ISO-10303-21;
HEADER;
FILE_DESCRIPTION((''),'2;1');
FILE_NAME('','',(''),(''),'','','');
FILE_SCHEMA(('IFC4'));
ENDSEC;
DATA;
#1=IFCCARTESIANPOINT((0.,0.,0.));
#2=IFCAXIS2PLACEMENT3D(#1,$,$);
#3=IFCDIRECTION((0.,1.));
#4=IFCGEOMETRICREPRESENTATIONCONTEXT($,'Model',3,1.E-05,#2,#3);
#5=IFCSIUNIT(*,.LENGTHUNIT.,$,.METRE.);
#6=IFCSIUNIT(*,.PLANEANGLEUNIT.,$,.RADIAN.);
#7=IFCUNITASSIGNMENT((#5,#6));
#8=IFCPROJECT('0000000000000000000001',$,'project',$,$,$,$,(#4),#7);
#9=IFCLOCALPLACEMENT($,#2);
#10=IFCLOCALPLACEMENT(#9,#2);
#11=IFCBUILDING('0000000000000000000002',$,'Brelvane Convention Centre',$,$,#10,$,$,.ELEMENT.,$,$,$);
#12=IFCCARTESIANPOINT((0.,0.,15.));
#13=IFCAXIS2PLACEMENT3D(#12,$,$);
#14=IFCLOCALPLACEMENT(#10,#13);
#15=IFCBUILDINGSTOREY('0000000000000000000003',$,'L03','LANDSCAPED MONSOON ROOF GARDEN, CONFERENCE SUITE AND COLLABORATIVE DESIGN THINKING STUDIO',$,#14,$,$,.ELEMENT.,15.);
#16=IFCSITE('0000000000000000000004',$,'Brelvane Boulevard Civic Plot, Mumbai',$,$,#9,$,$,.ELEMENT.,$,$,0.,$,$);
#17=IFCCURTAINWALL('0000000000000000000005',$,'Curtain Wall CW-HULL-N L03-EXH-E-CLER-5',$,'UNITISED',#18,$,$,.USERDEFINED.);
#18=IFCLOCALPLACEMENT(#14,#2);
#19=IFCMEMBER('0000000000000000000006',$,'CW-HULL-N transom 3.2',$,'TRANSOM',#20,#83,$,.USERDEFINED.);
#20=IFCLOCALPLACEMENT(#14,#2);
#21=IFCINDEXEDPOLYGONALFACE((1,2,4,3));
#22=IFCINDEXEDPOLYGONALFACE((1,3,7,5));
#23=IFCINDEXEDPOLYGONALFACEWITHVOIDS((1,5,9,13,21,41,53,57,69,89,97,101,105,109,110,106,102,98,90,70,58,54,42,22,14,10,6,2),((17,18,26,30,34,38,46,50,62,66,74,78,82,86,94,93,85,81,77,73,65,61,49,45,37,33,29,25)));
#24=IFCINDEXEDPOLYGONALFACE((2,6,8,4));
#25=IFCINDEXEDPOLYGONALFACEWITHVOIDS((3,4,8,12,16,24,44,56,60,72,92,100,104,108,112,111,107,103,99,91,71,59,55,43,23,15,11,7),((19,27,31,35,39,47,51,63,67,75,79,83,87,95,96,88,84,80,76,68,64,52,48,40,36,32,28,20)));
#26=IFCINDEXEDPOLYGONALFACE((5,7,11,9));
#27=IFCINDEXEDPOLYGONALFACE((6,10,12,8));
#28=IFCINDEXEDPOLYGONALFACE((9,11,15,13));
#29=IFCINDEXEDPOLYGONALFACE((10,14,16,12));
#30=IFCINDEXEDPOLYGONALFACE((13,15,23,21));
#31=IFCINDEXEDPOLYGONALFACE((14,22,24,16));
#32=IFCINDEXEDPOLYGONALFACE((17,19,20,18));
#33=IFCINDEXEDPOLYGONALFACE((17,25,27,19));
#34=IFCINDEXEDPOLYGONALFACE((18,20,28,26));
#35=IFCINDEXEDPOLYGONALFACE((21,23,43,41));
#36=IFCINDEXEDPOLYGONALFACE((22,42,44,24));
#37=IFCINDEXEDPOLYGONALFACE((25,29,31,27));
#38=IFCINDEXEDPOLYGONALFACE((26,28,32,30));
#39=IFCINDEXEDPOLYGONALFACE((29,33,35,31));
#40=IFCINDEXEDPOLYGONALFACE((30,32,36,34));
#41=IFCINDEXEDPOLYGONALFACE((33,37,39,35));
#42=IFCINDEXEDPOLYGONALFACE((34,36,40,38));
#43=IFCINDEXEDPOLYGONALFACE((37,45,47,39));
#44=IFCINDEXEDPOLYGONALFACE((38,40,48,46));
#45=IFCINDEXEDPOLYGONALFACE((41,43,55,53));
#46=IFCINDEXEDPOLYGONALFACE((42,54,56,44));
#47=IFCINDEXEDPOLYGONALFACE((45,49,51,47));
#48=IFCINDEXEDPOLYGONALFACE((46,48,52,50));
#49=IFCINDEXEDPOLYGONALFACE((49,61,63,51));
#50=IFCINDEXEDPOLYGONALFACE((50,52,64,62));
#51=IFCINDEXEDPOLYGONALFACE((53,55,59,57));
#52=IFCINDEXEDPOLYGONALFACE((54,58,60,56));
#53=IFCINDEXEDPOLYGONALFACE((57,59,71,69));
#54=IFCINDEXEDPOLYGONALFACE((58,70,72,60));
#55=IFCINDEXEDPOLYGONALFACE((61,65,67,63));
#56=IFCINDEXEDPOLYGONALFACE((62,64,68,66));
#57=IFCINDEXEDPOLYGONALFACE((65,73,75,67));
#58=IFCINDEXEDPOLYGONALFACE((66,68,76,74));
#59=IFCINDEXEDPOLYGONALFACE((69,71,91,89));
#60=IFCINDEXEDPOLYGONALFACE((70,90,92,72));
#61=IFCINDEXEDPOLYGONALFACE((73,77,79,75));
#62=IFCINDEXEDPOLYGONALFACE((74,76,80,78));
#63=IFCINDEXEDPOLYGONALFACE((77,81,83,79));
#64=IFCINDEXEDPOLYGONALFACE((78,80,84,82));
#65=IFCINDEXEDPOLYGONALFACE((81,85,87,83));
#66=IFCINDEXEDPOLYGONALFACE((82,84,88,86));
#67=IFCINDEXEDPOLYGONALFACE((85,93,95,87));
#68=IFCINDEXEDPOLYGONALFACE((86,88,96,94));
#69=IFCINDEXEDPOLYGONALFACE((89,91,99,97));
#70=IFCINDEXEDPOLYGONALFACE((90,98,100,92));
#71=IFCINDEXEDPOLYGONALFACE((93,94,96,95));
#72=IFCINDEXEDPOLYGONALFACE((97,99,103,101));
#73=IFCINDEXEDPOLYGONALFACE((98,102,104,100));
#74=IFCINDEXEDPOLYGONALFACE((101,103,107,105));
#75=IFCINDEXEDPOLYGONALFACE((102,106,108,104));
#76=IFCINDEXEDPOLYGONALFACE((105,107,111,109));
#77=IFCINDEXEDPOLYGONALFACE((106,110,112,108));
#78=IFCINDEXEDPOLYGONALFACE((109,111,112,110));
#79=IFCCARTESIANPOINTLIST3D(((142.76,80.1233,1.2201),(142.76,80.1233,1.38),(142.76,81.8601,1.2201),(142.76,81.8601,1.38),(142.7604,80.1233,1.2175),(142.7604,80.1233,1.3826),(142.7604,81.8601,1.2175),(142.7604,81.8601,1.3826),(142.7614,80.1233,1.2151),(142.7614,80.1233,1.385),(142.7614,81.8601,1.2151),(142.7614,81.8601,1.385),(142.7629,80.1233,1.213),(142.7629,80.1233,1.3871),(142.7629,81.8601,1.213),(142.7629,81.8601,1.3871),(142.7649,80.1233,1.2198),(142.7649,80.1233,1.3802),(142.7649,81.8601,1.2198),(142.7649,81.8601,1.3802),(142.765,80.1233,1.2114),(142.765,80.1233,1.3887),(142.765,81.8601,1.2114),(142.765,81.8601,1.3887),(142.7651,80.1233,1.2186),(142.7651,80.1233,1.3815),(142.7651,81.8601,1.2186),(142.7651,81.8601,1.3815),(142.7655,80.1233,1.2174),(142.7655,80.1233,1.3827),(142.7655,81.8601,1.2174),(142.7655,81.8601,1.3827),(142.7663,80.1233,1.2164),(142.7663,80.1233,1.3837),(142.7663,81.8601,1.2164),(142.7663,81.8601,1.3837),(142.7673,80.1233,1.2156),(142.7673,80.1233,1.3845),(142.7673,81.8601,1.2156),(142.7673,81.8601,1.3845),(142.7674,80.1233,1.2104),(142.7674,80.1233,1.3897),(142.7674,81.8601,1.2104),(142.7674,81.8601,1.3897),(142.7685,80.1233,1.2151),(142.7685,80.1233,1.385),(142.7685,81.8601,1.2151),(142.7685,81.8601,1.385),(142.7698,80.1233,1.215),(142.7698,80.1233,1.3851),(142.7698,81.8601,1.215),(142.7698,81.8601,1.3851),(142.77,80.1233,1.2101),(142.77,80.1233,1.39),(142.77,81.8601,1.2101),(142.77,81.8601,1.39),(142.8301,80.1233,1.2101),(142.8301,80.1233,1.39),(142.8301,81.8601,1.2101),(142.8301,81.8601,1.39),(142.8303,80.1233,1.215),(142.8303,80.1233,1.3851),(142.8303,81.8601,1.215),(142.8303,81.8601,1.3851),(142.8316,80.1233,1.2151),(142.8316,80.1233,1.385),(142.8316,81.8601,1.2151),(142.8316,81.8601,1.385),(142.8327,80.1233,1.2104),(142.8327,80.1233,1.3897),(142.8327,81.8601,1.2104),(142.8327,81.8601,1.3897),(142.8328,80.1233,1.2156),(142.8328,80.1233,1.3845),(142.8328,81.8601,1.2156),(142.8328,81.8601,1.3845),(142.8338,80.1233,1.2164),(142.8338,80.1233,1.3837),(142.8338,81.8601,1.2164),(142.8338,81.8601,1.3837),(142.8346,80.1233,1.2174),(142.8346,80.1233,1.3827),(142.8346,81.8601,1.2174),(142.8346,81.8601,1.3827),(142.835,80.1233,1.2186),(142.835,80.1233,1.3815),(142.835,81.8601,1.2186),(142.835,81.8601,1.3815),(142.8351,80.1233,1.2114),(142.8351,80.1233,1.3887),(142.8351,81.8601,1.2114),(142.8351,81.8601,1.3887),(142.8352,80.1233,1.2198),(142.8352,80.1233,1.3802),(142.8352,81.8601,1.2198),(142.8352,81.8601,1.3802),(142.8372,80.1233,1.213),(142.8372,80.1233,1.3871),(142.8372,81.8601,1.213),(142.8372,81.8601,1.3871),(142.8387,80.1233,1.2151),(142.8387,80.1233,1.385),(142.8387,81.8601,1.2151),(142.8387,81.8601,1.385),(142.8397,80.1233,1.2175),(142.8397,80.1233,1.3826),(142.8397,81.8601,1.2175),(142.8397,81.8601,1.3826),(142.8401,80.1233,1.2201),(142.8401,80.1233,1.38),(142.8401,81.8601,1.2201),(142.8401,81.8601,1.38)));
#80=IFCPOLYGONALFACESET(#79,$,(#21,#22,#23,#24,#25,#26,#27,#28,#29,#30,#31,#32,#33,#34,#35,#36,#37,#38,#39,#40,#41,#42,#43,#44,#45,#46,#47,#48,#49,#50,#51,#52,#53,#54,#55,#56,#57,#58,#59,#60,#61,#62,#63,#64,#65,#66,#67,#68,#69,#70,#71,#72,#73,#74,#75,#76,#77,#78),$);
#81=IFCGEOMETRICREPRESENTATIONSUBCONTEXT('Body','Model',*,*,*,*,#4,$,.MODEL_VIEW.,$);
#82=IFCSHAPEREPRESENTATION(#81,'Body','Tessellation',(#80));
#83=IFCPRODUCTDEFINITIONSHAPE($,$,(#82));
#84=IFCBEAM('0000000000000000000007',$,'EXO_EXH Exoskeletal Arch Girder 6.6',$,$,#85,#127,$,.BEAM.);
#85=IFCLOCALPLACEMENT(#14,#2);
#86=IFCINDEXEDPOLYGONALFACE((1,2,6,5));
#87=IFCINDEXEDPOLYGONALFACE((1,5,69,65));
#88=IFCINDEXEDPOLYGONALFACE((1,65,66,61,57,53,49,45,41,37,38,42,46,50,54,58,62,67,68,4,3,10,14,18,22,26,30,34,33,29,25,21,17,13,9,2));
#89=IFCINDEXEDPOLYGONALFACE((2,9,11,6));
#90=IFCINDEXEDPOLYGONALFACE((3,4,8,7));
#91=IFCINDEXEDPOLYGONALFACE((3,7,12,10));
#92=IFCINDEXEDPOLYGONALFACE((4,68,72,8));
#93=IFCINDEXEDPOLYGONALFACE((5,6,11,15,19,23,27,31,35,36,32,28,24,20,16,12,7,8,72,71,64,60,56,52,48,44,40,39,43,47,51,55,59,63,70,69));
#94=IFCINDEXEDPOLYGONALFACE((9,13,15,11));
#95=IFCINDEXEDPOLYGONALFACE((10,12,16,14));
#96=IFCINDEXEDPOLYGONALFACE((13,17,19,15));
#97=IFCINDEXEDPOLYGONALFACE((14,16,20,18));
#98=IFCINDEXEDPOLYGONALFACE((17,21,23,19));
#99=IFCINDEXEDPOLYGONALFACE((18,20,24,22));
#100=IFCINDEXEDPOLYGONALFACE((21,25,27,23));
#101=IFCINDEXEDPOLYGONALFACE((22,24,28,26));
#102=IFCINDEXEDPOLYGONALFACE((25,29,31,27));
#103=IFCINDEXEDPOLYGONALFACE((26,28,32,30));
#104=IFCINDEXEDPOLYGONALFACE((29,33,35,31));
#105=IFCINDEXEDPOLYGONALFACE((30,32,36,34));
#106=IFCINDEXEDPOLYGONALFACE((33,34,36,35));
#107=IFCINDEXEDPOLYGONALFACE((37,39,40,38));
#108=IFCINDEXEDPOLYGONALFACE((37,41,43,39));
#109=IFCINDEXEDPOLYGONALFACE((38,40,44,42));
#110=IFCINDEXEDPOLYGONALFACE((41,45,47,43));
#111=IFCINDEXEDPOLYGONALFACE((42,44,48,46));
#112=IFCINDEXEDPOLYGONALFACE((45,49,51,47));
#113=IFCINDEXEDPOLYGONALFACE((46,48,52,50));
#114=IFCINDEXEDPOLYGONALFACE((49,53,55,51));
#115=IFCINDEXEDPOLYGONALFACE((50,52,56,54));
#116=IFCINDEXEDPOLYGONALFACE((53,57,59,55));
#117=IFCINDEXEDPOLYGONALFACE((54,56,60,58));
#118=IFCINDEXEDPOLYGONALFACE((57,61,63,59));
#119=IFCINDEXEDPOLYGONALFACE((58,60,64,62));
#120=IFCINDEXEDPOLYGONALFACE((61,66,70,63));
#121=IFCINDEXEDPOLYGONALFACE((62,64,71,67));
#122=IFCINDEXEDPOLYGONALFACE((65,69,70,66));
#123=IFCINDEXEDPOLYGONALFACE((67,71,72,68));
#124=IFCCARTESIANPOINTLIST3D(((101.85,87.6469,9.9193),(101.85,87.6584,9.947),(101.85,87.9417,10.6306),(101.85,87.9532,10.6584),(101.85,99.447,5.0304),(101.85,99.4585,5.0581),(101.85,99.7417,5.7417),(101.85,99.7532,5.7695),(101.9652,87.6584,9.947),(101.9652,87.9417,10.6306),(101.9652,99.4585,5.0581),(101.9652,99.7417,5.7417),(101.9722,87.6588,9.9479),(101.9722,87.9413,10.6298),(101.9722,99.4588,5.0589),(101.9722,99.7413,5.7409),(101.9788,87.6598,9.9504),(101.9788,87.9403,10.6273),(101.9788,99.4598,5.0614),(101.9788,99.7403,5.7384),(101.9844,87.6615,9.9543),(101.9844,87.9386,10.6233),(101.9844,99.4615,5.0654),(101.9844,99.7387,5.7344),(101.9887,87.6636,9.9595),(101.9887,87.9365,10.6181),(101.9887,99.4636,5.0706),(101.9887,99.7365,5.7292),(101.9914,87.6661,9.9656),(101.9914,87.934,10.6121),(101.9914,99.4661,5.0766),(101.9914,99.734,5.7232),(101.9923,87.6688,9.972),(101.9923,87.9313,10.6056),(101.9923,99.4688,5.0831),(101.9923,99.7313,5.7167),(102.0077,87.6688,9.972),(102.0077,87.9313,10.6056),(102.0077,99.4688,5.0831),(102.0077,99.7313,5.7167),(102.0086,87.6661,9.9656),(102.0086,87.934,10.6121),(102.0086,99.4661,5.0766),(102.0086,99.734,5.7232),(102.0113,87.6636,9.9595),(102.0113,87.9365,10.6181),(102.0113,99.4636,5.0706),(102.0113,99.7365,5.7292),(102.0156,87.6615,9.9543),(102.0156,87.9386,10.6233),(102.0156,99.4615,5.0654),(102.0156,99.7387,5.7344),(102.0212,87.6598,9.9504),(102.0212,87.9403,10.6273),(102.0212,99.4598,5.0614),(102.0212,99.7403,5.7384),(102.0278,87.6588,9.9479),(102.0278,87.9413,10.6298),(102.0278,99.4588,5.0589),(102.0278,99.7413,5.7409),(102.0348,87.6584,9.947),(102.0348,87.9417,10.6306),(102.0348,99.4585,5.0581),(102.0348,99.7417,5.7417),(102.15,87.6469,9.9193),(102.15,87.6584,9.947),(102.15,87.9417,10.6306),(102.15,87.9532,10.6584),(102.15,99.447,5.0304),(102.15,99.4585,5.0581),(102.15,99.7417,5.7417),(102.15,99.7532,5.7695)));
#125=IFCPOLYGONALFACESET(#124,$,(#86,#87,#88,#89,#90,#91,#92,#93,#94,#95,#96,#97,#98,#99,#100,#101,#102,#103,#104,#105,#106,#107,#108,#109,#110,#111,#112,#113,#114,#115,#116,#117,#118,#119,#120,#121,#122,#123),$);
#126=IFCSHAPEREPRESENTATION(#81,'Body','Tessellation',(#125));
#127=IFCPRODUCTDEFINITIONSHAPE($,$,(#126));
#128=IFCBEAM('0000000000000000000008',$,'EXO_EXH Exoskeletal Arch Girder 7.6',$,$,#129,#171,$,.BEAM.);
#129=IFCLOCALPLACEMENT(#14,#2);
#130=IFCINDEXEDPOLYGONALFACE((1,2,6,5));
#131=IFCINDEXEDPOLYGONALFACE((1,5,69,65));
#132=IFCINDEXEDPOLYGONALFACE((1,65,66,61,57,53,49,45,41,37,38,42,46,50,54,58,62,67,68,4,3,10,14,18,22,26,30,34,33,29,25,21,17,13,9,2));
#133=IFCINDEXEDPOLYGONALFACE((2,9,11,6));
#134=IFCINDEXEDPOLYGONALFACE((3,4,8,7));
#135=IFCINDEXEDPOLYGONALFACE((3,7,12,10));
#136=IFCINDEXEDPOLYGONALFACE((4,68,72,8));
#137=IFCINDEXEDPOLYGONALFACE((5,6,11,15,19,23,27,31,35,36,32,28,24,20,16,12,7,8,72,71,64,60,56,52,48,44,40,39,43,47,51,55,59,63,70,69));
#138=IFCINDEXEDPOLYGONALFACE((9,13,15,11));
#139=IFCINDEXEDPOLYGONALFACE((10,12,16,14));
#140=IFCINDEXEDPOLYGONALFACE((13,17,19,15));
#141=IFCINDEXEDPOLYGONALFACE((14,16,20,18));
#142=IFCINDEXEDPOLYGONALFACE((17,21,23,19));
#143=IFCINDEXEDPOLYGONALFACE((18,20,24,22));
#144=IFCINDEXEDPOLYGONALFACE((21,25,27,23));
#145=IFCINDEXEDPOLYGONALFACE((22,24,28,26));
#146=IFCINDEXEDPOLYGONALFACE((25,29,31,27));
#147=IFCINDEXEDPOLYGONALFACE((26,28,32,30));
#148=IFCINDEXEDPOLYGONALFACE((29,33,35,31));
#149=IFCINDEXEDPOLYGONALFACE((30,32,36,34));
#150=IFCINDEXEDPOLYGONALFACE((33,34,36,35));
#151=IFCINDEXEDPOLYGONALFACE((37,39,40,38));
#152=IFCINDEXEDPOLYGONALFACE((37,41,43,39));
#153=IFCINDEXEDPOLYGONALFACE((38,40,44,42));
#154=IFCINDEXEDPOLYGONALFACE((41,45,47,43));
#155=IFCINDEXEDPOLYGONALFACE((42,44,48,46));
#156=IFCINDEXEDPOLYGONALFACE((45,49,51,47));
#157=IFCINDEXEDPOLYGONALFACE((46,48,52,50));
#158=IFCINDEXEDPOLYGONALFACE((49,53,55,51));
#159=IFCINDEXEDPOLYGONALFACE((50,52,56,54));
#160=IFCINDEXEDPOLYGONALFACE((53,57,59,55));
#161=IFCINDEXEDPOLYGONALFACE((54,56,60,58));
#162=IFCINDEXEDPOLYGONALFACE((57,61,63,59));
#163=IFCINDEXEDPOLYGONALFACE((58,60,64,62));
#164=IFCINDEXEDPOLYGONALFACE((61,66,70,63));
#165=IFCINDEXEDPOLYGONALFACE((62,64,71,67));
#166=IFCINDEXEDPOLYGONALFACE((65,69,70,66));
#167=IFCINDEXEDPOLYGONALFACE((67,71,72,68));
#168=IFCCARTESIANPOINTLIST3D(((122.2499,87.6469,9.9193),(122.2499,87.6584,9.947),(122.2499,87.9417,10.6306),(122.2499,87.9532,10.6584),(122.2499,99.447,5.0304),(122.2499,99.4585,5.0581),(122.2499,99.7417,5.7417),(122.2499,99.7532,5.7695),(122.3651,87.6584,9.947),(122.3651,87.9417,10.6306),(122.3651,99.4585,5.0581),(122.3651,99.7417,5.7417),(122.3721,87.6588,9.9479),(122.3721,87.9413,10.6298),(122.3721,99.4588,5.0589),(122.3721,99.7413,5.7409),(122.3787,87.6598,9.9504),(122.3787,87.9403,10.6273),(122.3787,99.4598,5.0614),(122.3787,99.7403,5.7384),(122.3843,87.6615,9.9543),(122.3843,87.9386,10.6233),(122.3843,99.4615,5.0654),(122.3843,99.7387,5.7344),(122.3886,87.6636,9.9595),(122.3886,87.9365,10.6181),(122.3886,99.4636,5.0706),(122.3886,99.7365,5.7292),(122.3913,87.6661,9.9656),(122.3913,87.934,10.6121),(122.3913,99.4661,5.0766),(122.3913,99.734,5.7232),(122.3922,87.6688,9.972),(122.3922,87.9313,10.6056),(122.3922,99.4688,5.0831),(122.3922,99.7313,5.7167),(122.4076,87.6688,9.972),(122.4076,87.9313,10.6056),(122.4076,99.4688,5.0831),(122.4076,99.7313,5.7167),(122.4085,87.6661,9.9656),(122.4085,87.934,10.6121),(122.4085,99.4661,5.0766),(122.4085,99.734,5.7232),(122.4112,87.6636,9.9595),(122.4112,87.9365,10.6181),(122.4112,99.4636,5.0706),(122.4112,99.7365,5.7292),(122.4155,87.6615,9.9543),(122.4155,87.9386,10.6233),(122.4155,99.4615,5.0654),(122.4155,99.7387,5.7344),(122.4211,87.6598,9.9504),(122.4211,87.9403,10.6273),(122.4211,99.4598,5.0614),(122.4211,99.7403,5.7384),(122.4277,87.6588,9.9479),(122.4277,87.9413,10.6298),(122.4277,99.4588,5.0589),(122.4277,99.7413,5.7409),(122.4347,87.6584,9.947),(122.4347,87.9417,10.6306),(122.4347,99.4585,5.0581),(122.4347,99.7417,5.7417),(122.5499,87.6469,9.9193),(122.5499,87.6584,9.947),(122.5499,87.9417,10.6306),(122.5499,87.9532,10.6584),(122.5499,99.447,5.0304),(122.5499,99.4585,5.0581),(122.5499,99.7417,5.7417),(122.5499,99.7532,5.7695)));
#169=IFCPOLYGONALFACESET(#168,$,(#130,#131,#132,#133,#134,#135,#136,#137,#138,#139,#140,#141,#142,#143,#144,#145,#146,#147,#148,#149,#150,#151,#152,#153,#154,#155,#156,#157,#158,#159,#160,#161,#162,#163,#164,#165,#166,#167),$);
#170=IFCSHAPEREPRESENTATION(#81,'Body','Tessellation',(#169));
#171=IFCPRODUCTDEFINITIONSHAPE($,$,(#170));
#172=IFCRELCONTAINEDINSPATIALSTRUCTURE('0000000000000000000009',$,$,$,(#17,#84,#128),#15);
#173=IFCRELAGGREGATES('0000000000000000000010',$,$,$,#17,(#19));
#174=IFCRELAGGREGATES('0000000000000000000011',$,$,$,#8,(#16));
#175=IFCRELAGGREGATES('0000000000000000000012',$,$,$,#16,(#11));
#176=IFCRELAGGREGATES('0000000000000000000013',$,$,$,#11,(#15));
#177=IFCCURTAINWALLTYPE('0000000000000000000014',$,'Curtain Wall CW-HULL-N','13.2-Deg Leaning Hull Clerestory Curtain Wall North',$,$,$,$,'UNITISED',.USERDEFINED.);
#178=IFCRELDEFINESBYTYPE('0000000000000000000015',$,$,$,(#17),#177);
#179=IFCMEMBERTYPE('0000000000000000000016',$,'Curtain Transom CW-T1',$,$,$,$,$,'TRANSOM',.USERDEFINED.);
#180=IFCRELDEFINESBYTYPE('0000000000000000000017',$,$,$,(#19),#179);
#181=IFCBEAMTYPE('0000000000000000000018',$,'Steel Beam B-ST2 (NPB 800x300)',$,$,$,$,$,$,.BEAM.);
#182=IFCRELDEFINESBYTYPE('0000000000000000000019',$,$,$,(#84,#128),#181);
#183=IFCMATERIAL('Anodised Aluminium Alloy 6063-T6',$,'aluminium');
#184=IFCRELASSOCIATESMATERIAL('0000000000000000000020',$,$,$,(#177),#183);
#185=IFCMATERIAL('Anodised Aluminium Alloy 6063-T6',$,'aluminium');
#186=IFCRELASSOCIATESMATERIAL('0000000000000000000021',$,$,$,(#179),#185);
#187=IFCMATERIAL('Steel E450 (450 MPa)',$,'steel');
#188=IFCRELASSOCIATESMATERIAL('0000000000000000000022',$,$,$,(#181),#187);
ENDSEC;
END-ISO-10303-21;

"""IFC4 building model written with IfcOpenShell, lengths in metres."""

from ifc_helpers import new_model, si_unit, direction, frame, origin, origin_2d, place, context, subcontext, project, spatial, hollow_rectangle, i_section, extrude, material, material_profile, profile_set, type_object, element, aggregate, save


model = new_model("IFC4")

# Units and contexts
model_context = context("Model", 3, precision=1e-05, world=origin(), true_north=direction((0.0, 1.0)))
body_context = subcontext(model_context, "Body", "Model", "MODEL_VIEW")
ifc_project = project(units=[si_unit("LENGTHUNIT", "METRE"), si_unit("PLANEANGLEUNIT", "RADIAN")], contexts=[model_context])

# Site, building, storey
site_placement = place(None, origin())
site = spatial("IfcSite", under=ifc_project, at=site_placement, Name="Brelvane Boulevard Civic Plot, Mumbai", CompositionType="ELEMENT", RefElevation=0.0)
building_placement = place(site_placement, origin())
building = spatial("IfcBuilding", under=site, at=building_placement, Name="Brelvane Convention Centre", CompositionType="ELEMENT")
storey_placement = place(building_placement, frame((0.0, 0.0, 15.0)))
storey = spatial("IfcBuildingStorey", under=building, at=storey_placement, Name="L03", Description="LANDSCAPED MONSOON ROOF GARDEN, CONFERENCE SUITE AND COLLABORATIVE DESIGN THINKING STUDIO", CompositionType="ELEMENT", Elevation=15.0)

# Curtain wall, member
ifc_material_1 = material(Name="Anodised Aluminium Alloy 6063-T6", Category="aluminium")
curtain_wall_type = type_object("IfcCurtainWallType", Name="Curtain Wall CW-HULL-N", Description="13.2-Deg Leaning Hull Clerestory Curtain Wall North", ElementType="UNITISED", PredefinedType="USERDEFINED", material=ifc_material_1)
curtain_wall_placement = place(storey_placement, origin())
curtain_wall = element("IfcCurtainWall", 1, at=curtain_wall_placement, inside=storey, type_object=curtain_wall_type, Name="Curtain Wall CW-HULL-N L03-EXH-E-CLER-5", ObjectType="UNITISED", PredefinedType="USERDEFINED")
ifc_material_2 = material(Name="Anodised Aluminium Alloy 6063-T6", Category="aluminium")
ifc_material_profile_1 = material_profile(ifc_material_2, hollow_rectangle(XDim=0.0801, YDim=0.1799, WallThickness=0.0049, InnerFilletRadius=0.0049, OuterFilletRadius=0.01, at=origin_2d()), Name="ALU-T 180x80x5.0")
ifc_profile_set_1 = profile_set([ifc_material_profile_1], Name="Anodised Aluminium Alloy 6063-T6")
member_type_1 = type_object("IfcMemberType", Name="Curtain Transom CW-T1", ElementType="TRANSOM", PredefinedType="USERDEFINED", material=ifc_profile_set_1)
member_1_placement = place(storey_placement, frame((142.8, 80.1233, 1.3), z_axis=(0.0, 1.0, 0.0), x_axis=(-1.0, 0.0, 0.0)))
member_1 = element("IfcMember", 2, at=member_1_placement, type_object=member_type_1, Name="CW-HULL-N transom 3.2", ObjectType="TRANSOM", PredefinedType="USERDEFINED", context=body_context, shape_type="SweptSolid", body=[
    extrude(hollow_rectangle(XDim=0.0801, YDim=0.1799, WallThickness=0.0049, InnerFilletRadius=0.0049, OuterFilletRadius=0.01, at=origin_2d()), origin(), (0.0, 0.0, 1.0), 1.7368),
])

# Beams
ifc_material_3 = material(Name="Steel E450 (450 MPa)", Category="steel")
ifc_material_profile_2 = material_profile(ifc_material_3, i_section(OverallWidth=0.3, OverallDepth=0.8, WebThickness=0.0154, FlangeThickness=0.03, FilletRadius=0.0271, at=origin_2d()), Name="NPB 800x300")
ifc_profile_set_2 = profile_set([ifc_material_profile_2], Name="Steel E450 (450 MPa)")
beam_type = type_object("IfcBeamType", Name="Steel Beam B-ST2 (NPB 800x300)", PredefinedType="BEAM", material=ifc_profile_set_2)
for number, where, z_axis, x_axis, name in (
    (3, (102.0, 87.8, 10.2888), (0.0, 0.923847, -0.382762), (-1.0, 0.0, 0.0), "EXO_EXH Exoskeletal Arch Girder 6.6"),
    (4, (122.3999, 87.8, 10.2888), (0.0, 0.923847, -0.382762), (-1.0, 0.0, 0.0), "EXO_EXH Exoskeletal Arch Girder 7.6"),
):
    element("IfcBeam", number, at=place(storey_placement, frame(where, z_axis=z_axis, x_axis=x_axis)), inside=storey, type_object=beam_type, Name=name, PredefinedType="BEAM", context=body_context, shape_type="SweptSolid", body=[
        extrude(i_section(OverallWidth=0.3, OverallDepth=0.8, WebThickness=0.0154, FlangeThickness=0.03, FilletRadius=0.0271, at=origin_2d()), origin(), (0.0, 0.0, 1.0), 12.7727),
    ])

aggregate(curtain_wall, [member_1])

save(model, "model.ifc")
